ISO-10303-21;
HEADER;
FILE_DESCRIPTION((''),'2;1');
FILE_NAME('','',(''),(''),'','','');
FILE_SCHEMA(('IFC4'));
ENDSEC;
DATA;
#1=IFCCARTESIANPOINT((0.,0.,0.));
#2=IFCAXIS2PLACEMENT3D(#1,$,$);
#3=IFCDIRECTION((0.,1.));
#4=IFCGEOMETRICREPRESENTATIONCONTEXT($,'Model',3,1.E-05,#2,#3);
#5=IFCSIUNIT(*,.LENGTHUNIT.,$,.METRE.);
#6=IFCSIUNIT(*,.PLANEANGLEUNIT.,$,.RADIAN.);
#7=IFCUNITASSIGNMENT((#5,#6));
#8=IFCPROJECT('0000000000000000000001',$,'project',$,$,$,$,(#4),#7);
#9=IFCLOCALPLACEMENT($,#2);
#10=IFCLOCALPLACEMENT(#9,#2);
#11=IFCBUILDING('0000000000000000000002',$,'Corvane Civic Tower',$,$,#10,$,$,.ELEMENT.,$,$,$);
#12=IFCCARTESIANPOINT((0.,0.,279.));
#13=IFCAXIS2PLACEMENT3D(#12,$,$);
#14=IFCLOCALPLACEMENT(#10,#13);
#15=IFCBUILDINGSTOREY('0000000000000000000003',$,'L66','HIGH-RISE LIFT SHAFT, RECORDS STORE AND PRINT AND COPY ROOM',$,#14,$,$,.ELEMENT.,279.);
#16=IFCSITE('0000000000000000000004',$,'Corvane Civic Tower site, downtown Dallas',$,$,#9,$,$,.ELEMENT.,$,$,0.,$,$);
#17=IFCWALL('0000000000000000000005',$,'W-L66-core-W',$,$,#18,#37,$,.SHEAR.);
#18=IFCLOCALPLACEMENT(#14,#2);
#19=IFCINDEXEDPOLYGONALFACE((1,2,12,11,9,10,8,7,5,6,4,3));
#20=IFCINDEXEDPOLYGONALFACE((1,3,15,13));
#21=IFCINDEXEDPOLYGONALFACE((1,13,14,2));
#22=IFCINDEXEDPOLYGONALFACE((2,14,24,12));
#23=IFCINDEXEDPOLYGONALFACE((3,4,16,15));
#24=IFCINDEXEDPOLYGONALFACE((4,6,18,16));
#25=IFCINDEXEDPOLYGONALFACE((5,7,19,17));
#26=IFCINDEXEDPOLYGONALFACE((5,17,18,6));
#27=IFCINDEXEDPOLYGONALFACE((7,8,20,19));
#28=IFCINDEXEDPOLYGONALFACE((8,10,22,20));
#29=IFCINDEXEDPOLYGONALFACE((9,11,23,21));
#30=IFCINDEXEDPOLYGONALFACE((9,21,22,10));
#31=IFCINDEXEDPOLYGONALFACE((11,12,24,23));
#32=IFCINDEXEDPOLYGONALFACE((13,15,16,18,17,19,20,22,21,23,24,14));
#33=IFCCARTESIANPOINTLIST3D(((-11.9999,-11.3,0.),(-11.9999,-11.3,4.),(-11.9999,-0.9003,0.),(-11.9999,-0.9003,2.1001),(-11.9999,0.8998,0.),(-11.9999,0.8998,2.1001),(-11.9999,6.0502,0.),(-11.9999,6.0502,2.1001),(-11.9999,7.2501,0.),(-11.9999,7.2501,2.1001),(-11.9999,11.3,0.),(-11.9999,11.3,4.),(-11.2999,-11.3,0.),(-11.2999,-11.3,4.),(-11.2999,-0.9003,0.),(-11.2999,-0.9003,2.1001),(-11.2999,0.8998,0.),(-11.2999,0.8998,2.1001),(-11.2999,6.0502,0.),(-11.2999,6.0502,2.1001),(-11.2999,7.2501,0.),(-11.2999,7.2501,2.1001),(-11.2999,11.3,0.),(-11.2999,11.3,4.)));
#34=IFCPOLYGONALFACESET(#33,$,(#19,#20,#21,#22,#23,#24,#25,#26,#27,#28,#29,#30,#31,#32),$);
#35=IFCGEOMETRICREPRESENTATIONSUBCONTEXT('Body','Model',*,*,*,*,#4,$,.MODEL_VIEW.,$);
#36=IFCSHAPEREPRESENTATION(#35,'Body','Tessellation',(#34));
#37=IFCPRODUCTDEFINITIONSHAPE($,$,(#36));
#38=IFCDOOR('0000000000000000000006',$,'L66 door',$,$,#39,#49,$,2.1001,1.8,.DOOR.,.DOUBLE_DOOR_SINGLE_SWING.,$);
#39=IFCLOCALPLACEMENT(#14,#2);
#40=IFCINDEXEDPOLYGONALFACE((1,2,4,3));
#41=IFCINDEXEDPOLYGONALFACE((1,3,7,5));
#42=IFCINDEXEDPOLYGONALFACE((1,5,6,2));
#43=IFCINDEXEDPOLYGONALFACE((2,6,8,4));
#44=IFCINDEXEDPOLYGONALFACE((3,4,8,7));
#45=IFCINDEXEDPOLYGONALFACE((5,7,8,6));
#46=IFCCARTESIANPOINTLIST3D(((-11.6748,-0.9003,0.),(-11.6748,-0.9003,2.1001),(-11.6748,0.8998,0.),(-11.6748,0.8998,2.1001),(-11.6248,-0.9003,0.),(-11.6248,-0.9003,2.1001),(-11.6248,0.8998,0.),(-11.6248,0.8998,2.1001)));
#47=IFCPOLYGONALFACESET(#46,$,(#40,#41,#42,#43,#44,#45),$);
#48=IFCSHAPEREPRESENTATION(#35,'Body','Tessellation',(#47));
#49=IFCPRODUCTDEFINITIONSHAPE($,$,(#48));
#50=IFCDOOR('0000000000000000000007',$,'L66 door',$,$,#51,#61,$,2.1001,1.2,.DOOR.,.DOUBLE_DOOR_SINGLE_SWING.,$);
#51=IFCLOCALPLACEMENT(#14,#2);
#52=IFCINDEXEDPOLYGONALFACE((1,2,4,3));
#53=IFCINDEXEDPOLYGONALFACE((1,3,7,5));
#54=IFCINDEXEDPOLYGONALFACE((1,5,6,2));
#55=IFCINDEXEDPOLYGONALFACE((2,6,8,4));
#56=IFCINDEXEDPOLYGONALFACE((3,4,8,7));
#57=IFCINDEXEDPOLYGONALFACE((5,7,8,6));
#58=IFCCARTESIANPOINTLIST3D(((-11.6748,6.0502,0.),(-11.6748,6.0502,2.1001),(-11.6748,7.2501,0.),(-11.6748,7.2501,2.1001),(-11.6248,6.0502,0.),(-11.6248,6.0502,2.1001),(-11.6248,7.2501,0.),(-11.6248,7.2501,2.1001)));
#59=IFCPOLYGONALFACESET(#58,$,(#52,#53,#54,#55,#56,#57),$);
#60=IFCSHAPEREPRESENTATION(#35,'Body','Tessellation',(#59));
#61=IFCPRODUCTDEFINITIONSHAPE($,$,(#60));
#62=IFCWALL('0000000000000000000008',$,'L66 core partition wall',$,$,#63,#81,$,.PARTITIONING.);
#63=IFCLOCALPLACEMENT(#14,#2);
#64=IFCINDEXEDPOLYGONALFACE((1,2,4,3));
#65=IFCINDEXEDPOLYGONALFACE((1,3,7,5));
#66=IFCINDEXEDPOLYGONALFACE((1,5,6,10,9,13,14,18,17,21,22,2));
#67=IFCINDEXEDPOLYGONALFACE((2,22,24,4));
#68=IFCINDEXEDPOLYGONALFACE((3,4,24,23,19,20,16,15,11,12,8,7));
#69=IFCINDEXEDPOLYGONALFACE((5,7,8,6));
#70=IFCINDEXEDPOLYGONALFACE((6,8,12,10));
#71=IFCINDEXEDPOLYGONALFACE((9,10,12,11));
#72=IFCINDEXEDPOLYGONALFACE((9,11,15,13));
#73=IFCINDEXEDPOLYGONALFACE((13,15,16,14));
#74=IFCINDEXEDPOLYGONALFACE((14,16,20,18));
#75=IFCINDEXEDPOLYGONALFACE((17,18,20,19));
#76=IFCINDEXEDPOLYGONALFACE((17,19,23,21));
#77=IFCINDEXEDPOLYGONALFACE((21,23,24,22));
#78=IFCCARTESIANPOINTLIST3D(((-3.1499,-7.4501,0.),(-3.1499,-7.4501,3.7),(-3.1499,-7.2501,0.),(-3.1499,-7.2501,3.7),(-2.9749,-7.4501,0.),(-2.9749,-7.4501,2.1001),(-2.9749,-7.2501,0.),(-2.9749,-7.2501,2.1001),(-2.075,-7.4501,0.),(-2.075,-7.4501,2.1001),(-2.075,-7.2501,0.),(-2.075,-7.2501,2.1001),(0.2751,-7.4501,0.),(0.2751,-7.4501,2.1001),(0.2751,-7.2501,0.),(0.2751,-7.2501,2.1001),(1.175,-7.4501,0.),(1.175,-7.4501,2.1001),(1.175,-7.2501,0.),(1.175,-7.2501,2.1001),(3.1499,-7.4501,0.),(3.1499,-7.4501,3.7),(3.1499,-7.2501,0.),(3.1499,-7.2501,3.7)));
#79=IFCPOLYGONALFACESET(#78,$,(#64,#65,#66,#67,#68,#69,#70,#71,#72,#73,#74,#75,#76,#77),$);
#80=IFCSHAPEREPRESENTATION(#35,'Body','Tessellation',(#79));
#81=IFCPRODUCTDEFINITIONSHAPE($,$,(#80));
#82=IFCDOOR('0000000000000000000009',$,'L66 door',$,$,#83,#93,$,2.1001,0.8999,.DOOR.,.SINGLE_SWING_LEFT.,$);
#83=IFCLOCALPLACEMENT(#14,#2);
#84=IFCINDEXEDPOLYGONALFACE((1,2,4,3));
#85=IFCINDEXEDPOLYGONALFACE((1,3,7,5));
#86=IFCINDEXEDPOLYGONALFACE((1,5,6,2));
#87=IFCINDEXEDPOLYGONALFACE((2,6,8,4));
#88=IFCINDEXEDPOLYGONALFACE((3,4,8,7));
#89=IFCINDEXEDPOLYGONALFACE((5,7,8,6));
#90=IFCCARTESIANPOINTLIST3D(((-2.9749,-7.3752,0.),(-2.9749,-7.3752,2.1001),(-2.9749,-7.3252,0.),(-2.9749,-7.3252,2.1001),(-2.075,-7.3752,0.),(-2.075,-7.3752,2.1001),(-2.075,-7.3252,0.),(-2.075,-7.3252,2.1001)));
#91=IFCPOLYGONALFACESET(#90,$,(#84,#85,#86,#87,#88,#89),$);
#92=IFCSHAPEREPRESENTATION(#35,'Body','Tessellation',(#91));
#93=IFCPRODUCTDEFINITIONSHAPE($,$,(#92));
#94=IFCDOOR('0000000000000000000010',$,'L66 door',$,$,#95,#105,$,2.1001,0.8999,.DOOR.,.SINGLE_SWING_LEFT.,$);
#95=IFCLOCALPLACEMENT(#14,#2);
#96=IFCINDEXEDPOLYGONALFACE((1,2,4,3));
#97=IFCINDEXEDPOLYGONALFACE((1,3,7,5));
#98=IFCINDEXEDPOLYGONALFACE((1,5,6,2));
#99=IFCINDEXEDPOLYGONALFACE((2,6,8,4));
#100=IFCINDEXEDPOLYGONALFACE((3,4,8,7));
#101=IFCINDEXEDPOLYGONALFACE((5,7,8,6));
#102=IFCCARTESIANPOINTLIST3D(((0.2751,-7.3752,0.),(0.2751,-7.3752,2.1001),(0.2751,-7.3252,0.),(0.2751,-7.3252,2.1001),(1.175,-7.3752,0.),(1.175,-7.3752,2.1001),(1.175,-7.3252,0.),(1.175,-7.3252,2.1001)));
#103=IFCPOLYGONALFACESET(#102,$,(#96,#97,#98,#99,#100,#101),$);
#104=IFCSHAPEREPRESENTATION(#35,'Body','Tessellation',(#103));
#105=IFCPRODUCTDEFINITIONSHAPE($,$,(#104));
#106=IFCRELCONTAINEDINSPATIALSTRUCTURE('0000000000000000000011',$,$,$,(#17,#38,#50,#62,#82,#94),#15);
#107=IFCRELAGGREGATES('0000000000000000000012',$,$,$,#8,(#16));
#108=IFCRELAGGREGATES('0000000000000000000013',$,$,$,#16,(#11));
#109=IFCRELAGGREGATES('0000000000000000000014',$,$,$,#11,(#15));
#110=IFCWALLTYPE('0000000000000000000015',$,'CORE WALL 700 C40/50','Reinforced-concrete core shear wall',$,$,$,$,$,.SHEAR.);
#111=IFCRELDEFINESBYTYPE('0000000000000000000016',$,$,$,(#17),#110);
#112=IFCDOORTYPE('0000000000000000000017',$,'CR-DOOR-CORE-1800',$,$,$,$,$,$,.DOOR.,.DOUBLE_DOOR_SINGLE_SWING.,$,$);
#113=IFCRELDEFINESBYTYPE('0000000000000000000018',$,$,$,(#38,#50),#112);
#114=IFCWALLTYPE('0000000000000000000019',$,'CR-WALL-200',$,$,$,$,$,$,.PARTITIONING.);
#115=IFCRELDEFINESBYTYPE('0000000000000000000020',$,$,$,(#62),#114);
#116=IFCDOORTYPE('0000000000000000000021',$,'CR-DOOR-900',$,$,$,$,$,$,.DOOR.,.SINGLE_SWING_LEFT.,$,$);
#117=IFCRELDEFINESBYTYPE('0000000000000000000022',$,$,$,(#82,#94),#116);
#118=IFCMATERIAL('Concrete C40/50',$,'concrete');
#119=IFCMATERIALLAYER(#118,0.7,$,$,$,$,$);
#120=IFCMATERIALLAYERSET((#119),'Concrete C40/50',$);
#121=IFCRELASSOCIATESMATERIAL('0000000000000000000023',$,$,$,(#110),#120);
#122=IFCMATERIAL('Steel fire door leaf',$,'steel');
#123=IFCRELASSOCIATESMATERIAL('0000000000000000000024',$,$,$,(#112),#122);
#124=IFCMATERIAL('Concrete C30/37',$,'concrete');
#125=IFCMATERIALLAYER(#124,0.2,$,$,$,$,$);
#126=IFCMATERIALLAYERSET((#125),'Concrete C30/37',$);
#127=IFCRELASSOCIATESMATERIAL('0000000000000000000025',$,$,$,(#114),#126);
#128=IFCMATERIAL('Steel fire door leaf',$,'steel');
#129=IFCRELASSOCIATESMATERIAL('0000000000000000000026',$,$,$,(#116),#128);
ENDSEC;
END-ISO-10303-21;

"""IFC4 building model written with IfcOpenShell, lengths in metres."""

from ifc_helpers import new_model, si_unit, direction, frame, frame_2d, origin, place, context, subcontext, project, spatial, rectangle, extrude, material, layer, layer_set, type_object, element, fill, save


model = new_model("IFC4")

# Units and contexts
model_context = context("Model", 3, precision=1e-05, world=origin(), true_north=direction((0.0, 1.0)))
body_context = subcontext(model_context, "Body", "Model", "MODEL_VIEW")
ifc_project = project(units=[si_unit("LENGTHUNIT", "METRE"), si_unit("PLANEANGLEUNIT", "RADIAN")], contexts=[model_context])

# Site, building, storey
site_placement = place(None, origin())
site = spatial("IfcSite", under=ifc_project, at=site_placement, Name="Corvane Civic Tower site, downtown Dallas", CompositionType="ELEMENT", RefElevation=0.0)
building_placement = place(site_placement, origin())
building = spatial("IfcBuilding", under=site, at=building_placement, Name="Corvane Civic Tower", CompositionType="ELEMENT")
storey_placement = place(building_placement, frame((0.0, 0.0, 279.0)))
storey = spatial("IfcBuildingStorey", under=building, at=storey_placement, Name="L66", Description="HIGH-RISE LIFT SHAFT, RECORDS STORE AND PRINT AND COPY ROOM", CompositionType="ELEMENT", Elevation=279.0)

# Walls, openings, doors
ifc_material_1 = material(Name="Concrete C40/50", Category="concrete")
ifc_layer_1 = layer(ifc_material_1, 0.7)
ifc_layer_set_1 = layer_set([ifc_layer_1], Name="Concrete C40/50")
wall_type_1 = type_object("IfcWallType", Name="CORE WALL 700 C40/50", Description="Reinforced-concrete core shear wall", PredefinedType="SHEAR", material=ifc_layer_set_1)
wall_1_placement = place(storey_placement, frame((-11.6499, -11.3, 0.0), z_axis=(0.0, 0.0, 1.0), x_axis=(0.0, 1.0, 0.0)))
wall_1 = element("IfcWall", 1, at=wall_1_placement, inside=storey, type_object=wall_type_1, Name="W-L66-core-W", PredefinedType="SHEAR", context=body_context, shape_type="SweptSolid", body=[
    extrude(rectangle(XDim=22.6001, YDim=0.7, at=frame_2d((11.3, 0.0))), origin(), (0.0, 0.0, 1.0), 4.0),
])
opening_1_placement = place(wall_1_placement, frame((10.3999, 0.0, 0.0)))
opening_1 = element("IfcOpeningElement", 2, at=opening_1_placement, cuts=wall_1, PredefinedType="OPENING", context=body_context, shape_type="SweptSolid", body=[
    extrude(rectangle(XDim=1.8, YDim=2.1001, at=frame_2d((0.8999, 1.05))), frame((0.0, 0.3599, 0.0), z_axis=(0.0, -1.0, 0.0), x_axis=(1.0, 0.0, 0.0)), (0.0, 0.0, 1.0), 0.72),
])
opening_2_placement = place(wall_1_placement, frame((17.3501, 0.0, 0.0)))
opening_2 = element("IfcOpeningElement", 3, at=opening_2_placement, cuts=wall_1, PredefinedType="OPENING", context=body_context, shape_type="SweptSolid", body=[
    extrude(rectangle(XDim=1.2, YDim=2.1001, at=frame_2d((0.6001, 1.05))), frame((0.0, 0.3599, 0.0), z_axis=(0.0, -1.0, 0.0), x_axis=(1.0, 0.0, 0.0)), (0.0, 0.0, 1.0), 0.72),
])
ifc_material_2 = material(Name="Steel fire door leaf", Category="steel")
door_type_1 = type_object("IfcDoorType", Name="CR-DOOR-CORE-1800", OperationType="DOUBLE_DOOR_SINGLE_SWING", PredefinedType="DOOR", material=ifc_material_2)
door_1_placement = place(opening_1_placement, origin())
door_1 = element("IfcDoor", 4, at=door_1_placement, inside=storey, type_object=door_type_1, Name="L66 door", OperationType="DOUBLE_DOOR_SINGLE_SWING", OverallHeight=2.1001, OverallWidth=1.8, PredefinedType="DOOR", context=body_context, shape_type="SweptSolid", body=[
    extrude(rectangle(XDim=1.8, YDim=2.1001, at=frame_2d((0.8999, 1.05))), frame((0.0, 0.0249, 0.0), z_axis=(0.0, -1.0, 0.0), x_axis=(1.0, 0.0, 0.0)), (0.0, 0.0, 1.0), 0.05),
])
fill(opening_1, door_1)
door_2_placement = place(opening_2_placement, origin())
door_2 = element("IfcDoor", 5, at=door_2_placement, inside=storey, type_object=door_type_1, Name="L66 door", OperationType="DOUBLE_DOOR_SINGLE_SWING", OverallHeight=2.1001, OverallWidth=1.2, PredefinedType="DOOR", context=body_context, shape_type="SweptSolid", body=[
    extrude(rectangle(XDim=1.2, YDim=2.1001, at=frame_2d((0.6001, 1.05))), frame((0.0, 0.0249, 0.0), z_axis=(0.0, -1.0, 0.0), x_axis=(1.0, 0.0, 0.0)), (0.0, 0.0, 1.0), 0.05),
])
fill(opening_2, door_2)
ifc_material_3 = material(Name="Concrete C30/37", Category="concrete")
ifc_layer_2 = layer(ifc_material_3, 0.2)
ifc_layer_set_2 = layer_set([ifc_layer_2], Name="Concrete C30/37")
wall_type_2 = type_object("IfcWallType", Name="CR-WALL-200", PredefinedType="PARTITIONING", material=ifc_layer_set_2)
wall_2_placement = place(storey_placement, frame((-3.1499, -7.3501, 0.0), z_axis=(0.0, 0.0, 1.0), x_axis=(1.0, 0.0, 0.0)))
wall_2 = element("IfcWall", 6, at=wall_2_placement, inside=storey, type_object=wall_type_2, Name="L66 core partition wall", PredefinedType="PARTITIONING", context=body_context, shape_type="SweptSolid", body=[
    extrude(rectangle(XDim=6.2998, YDim=0.2, at=frame_2d((3.1499, 0.0))), origin(), (0.0, 0.0, 1.0), 3.7),
])
opening_3_placement = place(wall_2_placement, frame((0.175, 0.0, 0.0)))
opening_3 = element("IfcOpeningElement", 7, at=opening_3_placement, cuts=wall_2, PredefinedType="OPENING", context=body_context, shape_type="SweptSolid", body=[
    extrude(rectangle(XDim=0.8999, YDim=2.1001, at=frame_2d((0.45, 1.05))), frame((0.0, 0.1099, 0.0), z_axis=(0.0, -1.0, 0.0), x_axis=(1.0, 0.0, 0.0)), (0.0, 0.0, 1.0), 0.22),
])
opening_4_placement = place(wall_2_placement, frame((3.425, 0.0, 0.0)))
opening_4 = element("IfcOpeningElement", 8, at=opening_4_placement, cuts=wall_2, PredefinedType="OPENING", context=body_context, shape_type="SweptSolid", body=[
    extrude(rectangle(XDim=0.8999, YDim=2.1001, at=frame_2d((0.45, 1.05))), frame((0.0, 0.1099, 0.0), z_axis=(0.0, -1.0, 0.0), x_axis=(1.0, 0.0, 0.0)), (0.0, 0.0, 1.0), 0.22),
])
ifc_material_4 = material(Name="Steel fire door leaf", Category="steel")
door_type_2 = type_object("IfcDoorType", Name="CR-DOOR-900", OperationType="SINGLE_SWING_LEFT", PredefinedType="DOOR", material=ifc_material_4)
door_3_placement = place(opening_3_placement, origin())
door_3 = element("IfcDoor", 9, at=door_3_placement, inside=storey, type_object=door_type_2, Name="L66 door", OperationType="SINGLE_SWING_LEFT", OverallHeight=2.1001, OverallWidth=0.8999, PredefinedType="DOOR", context=body_context, shape_type="SweptSolid", body=[
    extrude(rectangle(XDim=0.8999, YDim=2.1001, at=frame_2d((0.45, 1.05))), frame((0.0, 0.0249, 0.0), z_axis=(0.0, -1.0, 0.0), x_axis=(1.0, 0.0, 0.0)), (0.0, 0.0, 1.0), 0.05),
])
fill(opening_3, door_3)
door_4_placement = place(opening_4_placement, origin())
door_4 = element("IfcDoor", 10, at=door_4_placement, inside=storey, type_object=door_type_2, Name="L66 door", OperationType="SINGLE_SWING_LEFT", OverallHeight=2.1001, OverallWidth=0.8999, PredefinedType="DOOR", context=body_context, shape_type="SweptSolid", body=[
    extrude(rectangle(XDim=0.8999, YDim=2.1001, at=frame_2d((0.45, 1.05))), frame((0.0, 0.0249, 0.0), z_axis=(0.0, -1.0, 0.0), x_axis=(1.0, 0.0, 0.0)), (0.0, 0.0, 1.0), 0.05),
])
fill(opening_4, door_4)

save(model, "model.ifc")
